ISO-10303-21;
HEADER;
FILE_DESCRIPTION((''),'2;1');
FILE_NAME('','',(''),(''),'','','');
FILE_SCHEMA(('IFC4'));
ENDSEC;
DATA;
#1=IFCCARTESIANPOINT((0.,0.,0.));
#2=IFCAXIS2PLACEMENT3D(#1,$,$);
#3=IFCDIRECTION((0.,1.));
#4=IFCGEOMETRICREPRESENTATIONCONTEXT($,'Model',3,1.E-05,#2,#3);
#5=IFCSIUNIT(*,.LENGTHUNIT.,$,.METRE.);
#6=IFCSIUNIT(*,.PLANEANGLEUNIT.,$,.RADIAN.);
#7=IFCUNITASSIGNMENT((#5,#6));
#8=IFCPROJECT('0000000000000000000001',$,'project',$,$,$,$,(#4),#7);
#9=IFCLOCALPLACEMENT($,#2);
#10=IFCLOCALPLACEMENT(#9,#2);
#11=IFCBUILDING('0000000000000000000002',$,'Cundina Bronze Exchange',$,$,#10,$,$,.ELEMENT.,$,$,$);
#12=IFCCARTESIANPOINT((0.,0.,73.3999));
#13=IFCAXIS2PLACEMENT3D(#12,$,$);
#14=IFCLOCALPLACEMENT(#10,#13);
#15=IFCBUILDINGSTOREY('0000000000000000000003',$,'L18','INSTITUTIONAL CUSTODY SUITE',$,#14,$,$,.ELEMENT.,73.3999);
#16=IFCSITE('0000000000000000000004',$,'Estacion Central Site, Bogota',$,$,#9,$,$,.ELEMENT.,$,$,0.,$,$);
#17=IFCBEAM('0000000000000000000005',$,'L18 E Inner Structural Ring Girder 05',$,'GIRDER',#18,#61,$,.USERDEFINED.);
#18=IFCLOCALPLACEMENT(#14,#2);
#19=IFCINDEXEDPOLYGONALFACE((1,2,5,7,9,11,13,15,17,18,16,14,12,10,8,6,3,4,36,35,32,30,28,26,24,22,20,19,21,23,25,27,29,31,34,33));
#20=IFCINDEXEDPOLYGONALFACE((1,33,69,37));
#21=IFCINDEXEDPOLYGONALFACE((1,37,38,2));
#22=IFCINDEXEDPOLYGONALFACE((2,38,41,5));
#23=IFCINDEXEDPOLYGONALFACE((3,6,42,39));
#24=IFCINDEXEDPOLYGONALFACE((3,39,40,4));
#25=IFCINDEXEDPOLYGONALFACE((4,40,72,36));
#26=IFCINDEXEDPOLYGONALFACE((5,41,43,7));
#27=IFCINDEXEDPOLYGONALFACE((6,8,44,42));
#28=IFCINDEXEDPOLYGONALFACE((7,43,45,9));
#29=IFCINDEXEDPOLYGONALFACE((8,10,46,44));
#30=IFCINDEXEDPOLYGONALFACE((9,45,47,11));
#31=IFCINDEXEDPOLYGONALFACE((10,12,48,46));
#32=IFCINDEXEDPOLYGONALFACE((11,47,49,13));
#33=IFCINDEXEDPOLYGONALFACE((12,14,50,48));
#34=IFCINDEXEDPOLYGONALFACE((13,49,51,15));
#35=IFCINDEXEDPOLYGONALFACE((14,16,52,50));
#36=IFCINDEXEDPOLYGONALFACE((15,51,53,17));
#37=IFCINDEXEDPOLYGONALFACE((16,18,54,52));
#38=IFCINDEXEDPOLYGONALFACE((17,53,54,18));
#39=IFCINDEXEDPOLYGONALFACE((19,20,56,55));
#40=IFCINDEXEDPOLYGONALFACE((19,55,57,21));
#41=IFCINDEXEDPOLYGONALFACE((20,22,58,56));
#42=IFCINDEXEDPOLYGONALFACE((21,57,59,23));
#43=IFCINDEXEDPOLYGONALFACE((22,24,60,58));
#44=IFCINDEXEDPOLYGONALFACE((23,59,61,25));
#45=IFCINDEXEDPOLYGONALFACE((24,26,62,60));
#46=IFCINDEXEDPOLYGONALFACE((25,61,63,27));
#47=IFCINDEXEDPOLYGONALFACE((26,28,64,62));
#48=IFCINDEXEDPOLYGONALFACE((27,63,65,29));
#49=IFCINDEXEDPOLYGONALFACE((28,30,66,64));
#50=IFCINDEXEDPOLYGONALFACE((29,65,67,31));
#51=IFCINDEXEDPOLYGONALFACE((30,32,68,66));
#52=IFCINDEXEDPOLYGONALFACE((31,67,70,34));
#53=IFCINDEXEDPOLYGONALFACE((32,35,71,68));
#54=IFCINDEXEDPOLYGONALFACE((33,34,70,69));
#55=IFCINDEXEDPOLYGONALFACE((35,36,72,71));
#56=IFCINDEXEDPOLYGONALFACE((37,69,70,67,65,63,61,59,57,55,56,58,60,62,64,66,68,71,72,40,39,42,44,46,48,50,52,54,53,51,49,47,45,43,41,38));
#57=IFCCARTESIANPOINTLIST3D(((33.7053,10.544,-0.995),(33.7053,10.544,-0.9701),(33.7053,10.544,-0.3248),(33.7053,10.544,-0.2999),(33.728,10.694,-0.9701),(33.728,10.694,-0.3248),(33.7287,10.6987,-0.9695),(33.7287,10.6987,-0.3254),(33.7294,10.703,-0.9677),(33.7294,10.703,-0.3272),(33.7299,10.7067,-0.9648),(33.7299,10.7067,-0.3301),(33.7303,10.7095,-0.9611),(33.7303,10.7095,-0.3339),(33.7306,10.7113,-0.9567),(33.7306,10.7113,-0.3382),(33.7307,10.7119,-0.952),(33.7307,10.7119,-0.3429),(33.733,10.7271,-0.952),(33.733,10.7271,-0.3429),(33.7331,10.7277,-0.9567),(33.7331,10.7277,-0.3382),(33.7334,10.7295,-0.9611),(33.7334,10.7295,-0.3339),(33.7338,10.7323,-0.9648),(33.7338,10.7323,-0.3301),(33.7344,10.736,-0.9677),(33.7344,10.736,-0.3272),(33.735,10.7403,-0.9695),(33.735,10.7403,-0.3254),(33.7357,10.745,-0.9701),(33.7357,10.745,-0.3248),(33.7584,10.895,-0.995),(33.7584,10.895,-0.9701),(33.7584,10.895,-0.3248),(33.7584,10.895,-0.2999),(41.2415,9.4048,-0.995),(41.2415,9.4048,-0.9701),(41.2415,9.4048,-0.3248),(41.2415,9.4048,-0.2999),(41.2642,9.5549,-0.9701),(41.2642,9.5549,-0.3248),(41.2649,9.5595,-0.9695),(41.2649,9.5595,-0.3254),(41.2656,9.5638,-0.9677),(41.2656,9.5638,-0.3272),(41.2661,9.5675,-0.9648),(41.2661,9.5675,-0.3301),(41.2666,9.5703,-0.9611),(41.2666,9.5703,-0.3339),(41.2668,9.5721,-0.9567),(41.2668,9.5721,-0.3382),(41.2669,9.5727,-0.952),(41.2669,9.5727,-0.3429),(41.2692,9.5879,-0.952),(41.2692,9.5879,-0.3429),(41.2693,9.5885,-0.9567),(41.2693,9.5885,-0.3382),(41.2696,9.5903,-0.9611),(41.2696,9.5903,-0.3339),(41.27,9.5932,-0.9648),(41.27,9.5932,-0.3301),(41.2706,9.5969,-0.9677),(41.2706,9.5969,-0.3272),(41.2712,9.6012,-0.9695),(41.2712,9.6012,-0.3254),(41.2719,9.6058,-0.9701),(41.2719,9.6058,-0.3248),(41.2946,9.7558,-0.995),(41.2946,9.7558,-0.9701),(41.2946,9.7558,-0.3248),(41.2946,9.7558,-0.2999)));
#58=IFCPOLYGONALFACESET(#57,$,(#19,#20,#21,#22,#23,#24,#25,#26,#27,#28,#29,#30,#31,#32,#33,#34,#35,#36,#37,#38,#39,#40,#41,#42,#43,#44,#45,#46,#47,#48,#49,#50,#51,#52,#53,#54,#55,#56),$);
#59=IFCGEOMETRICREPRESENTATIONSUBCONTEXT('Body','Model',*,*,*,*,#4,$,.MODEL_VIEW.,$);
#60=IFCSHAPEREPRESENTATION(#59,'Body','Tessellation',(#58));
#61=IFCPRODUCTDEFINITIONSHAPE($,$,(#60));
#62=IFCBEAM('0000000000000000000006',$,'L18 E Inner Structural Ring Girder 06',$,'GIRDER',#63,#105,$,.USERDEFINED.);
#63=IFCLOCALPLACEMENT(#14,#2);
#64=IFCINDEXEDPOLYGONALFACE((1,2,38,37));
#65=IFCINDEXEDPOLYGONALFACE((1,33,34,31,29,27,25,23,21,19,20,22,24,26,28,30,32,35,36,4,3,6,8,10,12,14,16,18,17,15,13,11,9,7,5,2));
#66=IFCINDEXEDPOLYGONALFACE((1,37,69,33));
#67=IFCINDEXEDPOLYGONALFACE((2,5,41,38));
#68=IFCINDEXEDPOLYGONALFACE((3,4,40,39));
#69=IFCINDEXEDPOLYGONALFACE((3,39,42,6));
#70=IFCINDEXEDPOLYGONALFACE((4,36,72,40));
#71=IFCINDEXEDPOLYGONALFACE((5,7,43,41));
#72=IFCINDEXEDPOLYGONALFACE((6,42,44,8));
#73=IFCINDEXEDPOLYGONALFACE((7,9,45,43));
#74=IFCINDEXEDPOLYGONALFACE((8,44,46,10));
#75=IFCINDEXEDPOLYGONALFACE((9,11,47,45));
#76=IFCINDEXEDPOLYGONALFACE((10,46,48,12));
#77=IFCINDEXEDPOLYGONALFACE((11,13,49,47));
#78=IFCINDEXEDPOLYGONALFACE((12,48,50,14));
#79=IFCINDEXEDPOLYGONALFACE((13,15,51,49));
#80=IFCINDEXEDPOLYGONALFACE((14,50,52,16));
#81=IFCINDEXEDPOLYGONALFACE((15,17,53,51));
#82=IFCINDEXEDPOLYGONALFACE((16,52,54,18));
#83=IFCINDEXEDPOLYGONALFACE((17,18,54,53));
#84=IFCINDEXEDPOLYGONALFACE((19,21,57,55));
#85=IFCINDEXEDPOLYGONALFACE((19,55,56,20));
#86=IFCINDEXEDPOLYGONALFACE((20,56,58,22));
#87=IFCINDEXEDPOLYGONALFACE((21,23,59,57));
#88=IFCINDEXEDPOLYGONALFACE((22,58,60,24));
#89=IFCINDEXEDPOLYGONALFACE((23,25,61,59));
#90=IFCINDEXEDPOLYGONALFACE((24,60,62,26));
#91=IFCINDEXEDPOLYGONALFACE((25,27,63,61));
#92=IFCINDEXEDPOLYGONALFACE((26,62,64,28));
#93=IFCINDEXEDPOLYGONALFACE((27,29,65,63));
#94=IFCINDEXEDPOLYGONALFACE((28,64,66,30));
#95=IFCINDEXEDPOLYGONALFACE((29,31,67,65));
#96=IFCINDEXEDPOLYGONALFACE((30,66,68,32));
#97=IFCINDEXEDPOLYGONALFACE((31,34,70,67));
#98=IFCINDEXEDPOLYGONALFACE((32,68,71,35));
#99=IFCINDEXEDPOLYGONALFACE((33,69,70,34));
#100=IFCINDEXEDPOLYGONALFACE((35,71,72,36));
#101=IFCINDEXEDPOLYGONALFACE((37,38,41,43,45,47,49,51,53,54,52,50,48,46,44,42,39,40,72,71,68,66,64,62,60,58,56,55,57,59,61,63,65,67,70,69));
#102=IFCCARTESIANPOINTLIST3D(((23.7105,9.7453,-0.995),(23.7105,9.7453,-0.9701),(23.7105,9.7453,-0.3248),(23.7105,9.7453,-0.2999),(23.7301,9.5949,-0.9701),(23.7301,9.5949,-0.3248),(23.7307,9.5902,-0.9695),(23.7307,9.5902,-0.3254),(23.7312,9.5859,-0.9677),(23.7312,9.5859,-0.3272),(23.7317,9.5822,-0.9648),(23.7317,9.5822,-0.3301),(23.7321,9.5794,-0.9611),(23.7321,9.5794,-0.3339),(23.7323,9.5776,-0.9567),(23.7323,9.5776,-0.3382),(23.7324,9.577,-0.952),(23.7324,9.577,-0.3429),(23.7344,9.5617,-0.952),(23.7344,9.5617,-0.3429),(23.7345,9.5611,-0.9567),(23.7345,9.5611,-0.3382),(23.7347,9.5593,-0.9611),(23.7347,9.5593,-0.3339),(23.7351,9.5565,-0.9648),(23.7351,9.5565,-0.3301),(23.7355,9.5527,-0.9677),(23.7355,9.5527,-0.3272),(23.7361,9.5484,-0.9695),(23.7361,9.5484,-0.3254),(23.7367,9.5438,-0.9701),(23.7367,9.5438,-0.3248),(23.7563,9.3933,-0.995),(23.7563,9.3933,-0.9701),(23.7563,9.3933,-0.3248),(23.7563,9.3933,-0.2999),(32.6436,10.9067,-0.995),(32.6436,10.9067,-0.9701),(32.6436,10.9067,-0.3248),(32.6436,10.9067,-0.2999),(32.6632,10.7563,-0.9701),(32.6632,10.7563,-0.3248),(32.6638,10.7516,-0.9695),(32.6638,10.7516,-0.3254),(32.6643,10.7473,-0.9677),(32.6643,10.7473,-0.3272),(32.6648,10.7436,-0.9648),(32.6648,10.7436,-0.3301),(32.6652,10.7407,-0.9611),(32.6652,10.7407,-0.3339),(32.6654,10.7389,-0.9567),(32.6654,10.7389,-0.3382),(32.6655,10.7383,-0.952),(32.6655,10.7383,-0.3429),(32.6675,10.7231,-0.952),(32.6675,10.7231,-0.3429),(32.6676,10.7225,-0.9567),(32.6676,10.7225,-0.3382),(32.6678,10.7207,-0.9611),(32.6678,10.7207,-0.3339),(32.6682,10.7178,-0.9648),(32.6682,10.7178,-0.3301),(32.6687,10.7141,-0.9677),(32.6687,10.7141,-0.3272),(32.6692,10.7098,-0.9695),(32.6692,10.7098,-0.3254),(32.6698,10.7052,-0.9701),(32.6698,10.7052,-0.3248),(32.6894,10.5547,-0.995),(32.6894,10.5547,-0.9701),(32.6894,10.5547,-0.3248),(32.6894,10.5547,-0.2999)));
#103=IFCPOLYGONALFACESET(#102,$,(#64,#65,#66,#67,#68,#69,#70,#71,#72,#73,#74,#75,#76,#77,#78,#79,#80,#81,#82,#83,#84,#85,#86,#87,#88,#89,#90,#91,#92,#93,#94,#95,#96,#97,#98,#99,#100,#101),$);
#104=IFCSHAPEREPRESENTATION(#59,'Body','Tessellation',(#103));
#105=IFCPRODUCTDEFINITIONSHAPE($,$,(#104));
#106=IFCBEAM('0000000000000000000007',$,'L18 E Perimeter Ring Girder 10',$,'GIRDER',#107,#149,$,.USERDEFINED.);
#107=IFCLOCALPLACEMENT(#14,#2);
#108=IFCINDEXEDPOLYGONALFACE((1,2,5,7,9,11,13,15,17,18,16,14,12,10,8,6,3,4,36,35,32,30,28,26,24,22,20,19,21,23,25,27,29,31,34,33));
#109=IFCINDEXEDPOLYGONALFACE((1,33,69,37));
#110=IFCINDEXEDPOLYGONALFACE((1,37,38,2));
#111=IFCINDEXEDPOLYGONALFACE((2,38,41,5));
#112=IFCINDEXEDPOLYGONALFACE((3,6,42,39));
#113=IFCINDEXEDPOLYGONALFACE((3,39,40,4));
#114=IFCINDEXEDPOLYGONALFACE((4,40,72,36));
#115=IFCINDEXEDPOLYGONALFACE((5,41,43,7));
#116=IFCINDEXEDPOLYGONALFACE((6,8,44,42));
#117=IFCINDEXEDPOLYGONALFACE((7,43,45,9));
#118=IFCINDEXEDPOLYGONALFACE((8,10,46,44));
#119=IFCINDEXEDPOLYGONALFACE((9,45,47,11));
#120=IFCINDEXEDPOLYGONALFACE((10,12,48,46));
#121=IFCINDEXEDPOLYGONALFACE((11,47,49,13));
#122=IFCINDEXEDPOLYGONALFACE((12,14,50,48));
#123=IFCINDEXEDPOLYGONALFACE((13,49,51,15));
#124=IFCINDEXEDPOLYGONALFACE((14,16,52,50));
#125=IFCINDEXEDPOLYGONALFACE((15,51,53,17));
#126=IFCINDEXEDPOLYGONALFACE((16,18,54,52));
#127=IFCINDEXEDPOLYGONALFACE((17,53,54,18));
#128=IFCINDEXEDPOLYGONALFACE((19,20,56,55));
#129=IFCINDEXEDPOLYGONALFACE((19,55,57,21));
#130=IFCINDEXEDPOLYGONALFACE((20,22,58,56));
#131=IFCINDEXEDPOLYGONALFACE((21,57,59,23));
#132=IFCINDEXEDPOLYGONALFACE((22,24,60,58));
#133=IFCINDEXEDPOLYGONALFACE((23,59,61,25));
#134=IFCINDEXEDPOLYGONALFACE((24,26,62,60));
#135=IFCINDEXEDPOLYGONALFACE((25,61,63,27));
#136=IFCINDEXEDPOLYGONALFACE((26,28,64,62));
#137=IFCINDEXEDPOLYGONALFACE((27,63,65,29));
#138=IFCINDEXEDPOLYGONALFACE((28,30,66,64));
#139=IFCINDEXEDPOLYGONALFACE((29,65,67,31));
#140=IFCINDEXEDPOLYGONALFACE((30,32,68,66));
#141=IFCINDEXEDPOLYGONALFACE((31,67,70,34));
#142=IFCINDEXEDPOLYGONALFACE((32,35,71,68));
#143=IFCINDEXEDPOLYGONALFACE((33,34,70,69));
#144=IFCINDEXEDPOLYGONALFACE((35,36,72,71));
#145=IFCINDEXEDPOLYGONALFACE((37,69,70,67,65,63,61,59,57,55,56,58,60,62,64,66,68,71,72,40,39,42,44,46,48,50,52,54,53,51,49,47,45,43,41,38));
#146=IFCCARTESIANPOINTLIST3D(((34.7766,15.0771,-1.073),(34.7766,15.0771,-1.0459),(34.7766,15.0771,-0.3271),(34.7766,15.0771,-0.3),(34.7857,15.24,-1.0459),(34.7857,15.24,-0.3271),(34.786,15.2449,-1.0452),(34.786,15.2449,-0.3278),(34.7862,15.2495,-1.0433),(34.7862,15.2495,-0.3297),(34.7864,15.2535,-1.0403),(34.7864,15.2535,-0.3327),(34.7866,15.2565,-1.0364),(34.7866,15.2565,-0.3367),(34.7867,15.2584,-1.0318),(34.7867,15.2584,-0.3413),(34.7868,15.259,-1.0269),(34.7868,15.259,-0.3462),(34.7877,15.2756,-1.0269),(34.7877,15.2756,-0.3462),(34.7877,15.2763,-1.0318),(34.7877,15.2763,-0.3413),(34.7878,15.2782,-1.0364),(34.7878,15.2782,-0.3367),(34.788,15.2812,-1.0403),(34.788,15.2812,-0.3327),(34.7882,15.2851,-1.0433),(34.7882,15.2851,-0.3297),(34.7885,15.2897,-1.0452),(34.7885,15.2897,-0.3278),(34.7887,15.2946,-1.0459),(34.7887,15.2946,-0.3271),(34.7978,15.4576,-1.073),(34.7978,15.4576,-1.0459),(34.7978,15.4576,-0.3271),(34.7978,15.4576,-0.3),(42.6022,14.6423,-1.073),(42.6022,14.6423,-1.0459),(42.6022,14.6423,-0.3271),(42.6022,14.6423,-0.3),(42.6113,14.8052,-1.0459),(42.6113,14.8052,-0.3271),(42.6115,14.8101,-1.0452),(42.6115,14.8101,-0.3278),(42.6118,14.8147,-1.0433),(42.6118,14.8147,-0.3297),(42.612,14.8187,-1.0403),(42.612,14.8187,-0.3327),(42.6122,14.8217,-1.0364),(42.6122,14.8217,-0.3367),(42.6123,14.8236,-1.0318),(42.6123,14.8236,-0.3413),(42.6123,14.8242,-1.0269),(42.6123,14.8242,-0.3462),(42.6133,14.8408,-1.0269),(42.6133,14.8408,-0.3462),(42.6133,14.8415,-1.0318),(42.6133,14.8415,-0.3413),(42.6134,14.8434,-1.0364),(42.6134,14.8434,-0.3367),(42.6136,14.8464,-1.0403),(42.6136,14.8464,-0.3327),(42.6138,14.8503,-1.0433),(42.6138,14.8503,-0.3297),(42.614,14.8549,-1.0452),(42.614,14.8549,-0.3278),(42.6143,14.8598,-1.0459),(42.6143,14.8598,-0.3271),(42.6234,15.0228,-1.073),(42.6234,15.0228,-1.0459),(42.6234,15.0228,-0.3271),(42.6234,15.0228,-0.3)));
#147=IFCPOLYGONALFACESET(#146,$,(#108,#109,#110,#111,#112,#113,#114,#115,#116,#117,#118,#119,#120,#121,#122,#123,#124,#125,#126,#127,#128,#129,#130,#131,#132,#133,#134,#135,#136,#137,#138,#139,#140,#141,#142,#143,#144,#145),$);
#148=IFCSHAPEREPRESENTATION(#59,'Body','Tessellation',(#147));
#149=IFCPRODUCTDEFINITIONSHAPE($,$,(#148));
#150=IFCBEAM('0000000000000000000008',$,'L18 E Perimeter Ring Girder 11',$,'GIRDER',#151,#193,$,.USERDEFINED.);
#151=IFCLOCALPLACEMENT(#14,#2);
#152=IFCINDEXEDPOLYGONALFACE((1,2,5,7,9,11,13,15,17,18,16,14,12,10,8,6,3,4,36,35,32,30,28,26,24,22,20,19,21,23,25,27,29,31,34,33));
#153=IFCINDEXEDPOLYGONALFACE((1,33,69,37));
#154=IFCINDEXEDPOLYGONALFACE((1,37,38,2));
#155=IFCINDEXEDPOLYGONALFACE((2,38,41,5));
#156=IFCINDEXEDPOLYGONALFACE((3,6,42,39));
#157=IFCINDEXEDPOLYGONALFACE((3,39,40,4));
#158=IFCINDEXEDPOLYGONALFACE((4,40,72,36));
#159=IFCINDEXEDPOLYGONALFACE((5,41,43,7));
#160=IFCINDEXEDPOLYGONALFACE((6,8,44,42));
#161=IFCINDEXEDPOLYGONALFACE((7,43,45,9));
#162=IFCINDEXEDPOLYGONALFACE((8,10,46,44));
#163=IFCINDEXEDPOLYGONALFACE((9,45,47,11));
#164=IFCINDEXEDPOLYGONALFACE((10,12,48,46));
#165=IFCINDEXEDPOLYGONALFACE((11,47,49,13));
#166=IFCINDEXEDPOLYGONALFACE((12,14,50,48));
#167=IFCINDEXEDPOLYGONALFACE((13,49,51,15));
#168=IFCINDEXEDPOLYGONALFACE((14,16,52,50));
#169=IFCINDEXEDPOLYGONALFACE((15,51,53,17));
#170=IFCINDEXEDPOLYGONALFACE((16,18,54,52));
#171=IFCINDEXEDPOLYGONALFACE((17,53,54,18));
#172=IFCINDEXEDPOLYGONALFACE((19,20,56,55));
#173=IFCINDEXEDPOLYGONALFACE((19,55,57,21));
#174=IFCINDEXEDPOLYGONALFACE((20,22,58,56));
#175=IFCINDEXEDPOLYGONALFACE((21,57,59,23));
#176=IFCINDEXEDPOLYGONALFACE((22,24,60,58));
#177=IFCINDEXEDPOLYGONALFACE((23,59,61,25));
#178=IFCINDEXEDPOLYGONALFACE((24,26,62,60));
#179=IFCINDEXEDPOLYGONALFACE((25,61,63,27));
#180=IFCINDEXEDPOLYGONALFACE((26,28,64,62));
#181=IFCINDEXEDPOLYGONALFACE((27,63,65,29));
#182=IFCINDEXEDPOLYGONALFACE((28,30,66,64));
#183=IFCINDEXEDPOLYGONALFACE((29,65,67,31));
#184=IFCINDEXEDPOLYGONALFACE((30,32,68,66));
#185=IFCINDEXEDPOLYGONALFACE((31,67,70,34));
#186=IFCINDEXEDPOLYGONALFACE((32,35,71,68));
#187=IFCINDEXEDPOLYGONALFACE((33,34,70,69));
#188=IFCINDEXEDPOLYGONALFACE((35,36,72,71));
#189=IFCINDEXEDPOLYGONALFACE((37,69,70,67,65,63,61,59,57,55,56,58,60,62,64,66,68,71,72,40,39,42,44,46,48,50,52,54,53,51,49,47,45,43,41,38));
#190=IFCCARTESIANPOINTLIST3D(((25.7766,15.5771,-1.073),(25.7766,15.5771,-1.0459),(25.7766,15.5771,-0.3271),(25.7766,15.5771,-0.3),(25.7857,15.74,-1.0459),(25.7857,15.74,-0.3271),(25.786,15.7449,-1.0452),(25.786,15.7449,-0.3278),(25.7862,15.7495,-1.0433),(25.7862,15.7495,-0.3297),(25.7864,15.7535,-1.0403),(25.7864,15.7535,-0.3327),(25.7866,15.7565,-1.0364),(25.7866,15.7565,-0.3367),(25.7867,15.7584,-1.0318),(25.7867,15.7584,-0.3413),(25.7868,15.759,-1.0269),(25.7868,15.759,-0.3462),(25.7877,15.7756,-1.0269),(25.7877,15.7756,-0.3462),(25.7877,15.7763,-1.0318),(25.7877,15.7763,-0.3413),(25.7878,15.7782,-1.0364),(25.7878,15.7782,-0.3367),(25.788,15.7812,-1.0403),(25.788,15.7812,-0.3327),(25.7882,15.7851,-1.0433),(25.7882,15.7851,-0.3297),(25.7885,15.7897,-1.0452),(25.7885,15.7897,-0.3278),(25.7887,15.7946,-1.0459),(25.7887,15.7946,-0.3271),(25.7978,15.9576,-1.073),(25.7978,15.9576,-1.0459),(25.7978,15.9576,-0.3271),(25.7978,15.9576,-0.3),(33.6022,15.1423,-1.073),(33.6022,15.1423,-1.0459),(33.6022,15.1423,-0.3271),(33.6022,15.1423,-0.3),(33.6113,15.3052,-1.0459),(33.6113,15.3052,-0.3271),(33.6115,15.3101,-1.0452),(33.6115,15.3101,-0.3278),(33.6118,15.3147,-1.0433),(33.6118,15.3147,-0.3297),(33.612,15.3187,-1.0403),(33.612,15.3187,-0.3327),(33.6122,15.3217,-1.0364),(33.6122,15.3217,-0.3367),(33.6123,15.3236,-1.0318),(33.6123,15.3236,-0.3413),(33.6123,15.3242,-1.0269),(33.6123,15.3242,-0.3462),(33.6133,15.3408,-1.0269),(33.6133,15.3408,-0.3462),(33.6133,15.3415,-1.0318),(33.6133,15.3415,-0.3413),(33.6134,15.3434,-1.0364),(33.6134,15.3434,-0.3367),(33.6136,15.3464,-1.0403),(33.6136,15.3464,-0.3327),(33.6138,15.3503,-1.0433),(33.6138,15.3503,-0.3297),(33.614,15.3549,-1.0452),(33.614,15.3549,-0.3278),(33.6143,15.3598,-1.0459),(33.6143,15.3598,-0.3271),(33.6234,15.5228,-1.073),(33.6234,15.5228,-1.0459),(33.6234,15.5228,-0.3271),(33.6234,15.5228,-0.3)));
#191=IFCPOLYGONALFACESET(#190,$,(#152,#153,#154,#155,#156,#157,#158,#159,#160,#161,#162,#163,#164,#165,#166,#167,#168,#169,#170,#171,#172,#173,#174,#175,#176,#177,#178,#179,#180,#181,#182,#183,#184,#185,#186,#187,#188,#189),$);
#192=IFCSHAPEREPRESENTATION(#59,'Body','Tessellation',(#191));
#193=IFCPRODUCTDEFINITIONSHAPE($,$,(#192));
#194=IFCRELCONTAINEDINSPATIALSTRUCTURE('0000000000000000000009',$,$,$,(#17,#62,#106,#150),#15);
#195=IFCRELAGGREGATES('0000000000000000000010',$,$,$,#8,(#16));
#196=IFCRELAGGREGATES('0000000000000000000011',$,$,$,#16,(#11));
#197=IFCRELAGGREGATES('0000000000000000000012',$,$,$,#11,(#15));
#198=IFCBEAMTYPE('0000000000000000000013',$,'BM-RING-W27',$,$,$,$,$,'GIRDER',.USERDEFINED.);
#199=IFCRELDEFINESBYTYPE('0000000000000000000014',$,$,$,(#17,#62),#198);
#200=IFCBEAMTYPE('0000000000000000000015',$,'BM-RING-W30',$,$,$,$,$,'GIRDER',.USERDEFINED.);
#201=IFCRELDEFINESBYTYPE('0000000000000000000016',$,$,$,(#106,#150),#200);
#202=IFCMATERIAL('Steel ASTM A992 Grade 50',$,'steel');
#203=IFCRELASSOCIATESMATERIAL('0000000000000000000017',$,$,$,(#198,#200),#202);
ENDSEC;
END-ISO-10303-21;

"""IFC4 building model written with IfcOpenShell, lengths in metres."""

from ifc_helpers import new_model, si_unit, direction, frame, origin, origin_2d, place, context, subcontext, project, spatial, i_section, extrude, material, material_profile, profile_set, type_object, element, save


model = new_model("IFC4")

# Units and contexts
model_context = context("Model", 3, precision=1e-05, world=origin(), true_north=direction((0.0, 1.0)))
body_context = subcontext(model_context, "Body", "Model", "MODEL_VIEW")
ifc_project = project(units=[si_unit("LENGTHUNIT", "METRE"), si_unit("PLANEANGLEUNIT", "RADIAN")], contexts=[model_context])

# Site, building, storey
site_placement = place(None, origin())
site = spatial("IfcSite", under=ifc_project, at=site_placement, Name="Estacion Central Site, Bogota", CompositionType="ELEMENT", RefElevation=0.0)
building_placement = place(site_placement, origin())
building = spatial("IfcBuilding", under=site, at=building_placement, Name="Cundina Bronze Exchange", CompositionType="ELEMENT")
storey_placement = place(building_placement, frame((0.0, 0.0, 73.3999)))
storey = spatial("IfcBuildingStorey", under=building, at=storey_placement, Name="L18", Description="INSTITUTIONAL CUSTODY SUITE", CompositionType="ELEMENT", Elevation=73.3999)

# Beams
ifc_material_1 = material(Name="Steel ASTM A992 Grade 50", Category="steel")
ifc_material_profile_1 = material_profile(ifc_material_1, i_section(OverallWidth=0.355, OverallDepth=0.6951, WebThickness=0.0154, FlangeThickness=0.0249, FilletRadius=0.0181, at=origin_2d()), Name="W27X146", Category="steel")
ifc_profile_set_1 = profile_set([ifc_material_profile_1], Name="Steel ASTM A992 Grade 50")
beam_type_1 = type_object("IfcBeamType", Name="BM-RING-W27", ElementType="GIRDER", PredefinedType="USERDEFINED", material=ifc_profile_set_1)
beam_1_placement = place(storey_placement, frame((41.2681, 9.5803, -0.6475), z_axis=(-0.988767, 0.149462, 0.0), x_axis=(-0.149462, -0.988767, 0.0)))
element("IfcBeam", 1, at=beam_1_placement, inside=storey, type_object=beam_type_1, Name="L18 E Inner Structural Ring Girder 05", ObjectType="GIRDER", PredefinedType="USERDEFINED", context=body_context, shape_type="SweptSolid", body=[
    extrude(i_section(OverallWidth=0.355, OverallDepth=0.6951, WebThickness=0.0154, FlangeThickness=0.0249, FilletRadius=0.0181, at=origin_2d()), origin(), (0.0, 0.0, 1.0), 7.6218),
])
beam_2_placement = place(storey_placement, frame((32.6665, 10.7307, -0.6475), z_axis=(-0.991655, -0.128923, 0.0), x_axis=(0.128923, -0.991655, 0.0)))
element("IfcBeam", 2, at=beam_2_placement, inside=storey, type_object=beam_type_1, Name="L18 E Inner Structural Ring Girder 06", ObjectType="GIRDER", PredefinedType="USERDEFINED", context=body_context, shape_type="SweptSolid", body=[
    extrude(i_section(OverallWidth=0.355, OverallDepth=0.6951, WebThickness=0.0154, FlangeThickness=0.0249, FilletRadius=0.0181, at=origin_2d()), origin(), (0.0, 0.0, 1.0), 9.0083),
])
ifc_material_profile_2 = material_profile(ifc_material_1, i_section(OverallWidth=0.3811, OverallDepth=0.7729, WebThickness=0.0166, FlangeThickness=0.0271, FilletRadius=0.019, at=origin_2d()), Name="W30X173", Category="steel")
ifc_profile_set_2 = profile_set([ifc_material_profile_2], Name="Steel ASTM A992 Grade 50")
beam_type_2 = type_object("IfcBeamType", Name="BM-RING-W30", ElementType="GIRDER", PredefinedType="USERDEFINED", material=ifc_profile_set_2)
for number, where, z_axis, x_axis, name in (
    (3, (42.6128, 14.8325, -0.6865), (-0.99846, 0.055477, 0.0), (-0.055477, -0.99846, 0.0), "L18 E Perimeter Ring Girder 10"),
    (4, (33.6128, 15.3325, -0.6865), (-0.99846, 0.055477, 0.0), (-0.055477, -0.99846, 0.0), "L18 E Perimeter Ring Girder 11"),
):
    element("IfcBeam", number, at=place(storey_placement, frame(where, z_axis=z_axis, x_axis=x_axis)), inside=storey, type_object=beam_type_2, Name=name, ObjectType="GIRDER", PredefinedType="USERDEFINED", context=body_context, shape_type="SweptSolid", body=[
        extrude(i_section(OverallWidth=0.3811, OverallDepth=0.7729, WebThickness=0.0166, FlangeThickness=0.0271, FilletRadius=0.019, at=origin_2d()), origin(), (0.0, 0.0, 1.0), 7.8376),
    ])

save(model, "model.ifc")
